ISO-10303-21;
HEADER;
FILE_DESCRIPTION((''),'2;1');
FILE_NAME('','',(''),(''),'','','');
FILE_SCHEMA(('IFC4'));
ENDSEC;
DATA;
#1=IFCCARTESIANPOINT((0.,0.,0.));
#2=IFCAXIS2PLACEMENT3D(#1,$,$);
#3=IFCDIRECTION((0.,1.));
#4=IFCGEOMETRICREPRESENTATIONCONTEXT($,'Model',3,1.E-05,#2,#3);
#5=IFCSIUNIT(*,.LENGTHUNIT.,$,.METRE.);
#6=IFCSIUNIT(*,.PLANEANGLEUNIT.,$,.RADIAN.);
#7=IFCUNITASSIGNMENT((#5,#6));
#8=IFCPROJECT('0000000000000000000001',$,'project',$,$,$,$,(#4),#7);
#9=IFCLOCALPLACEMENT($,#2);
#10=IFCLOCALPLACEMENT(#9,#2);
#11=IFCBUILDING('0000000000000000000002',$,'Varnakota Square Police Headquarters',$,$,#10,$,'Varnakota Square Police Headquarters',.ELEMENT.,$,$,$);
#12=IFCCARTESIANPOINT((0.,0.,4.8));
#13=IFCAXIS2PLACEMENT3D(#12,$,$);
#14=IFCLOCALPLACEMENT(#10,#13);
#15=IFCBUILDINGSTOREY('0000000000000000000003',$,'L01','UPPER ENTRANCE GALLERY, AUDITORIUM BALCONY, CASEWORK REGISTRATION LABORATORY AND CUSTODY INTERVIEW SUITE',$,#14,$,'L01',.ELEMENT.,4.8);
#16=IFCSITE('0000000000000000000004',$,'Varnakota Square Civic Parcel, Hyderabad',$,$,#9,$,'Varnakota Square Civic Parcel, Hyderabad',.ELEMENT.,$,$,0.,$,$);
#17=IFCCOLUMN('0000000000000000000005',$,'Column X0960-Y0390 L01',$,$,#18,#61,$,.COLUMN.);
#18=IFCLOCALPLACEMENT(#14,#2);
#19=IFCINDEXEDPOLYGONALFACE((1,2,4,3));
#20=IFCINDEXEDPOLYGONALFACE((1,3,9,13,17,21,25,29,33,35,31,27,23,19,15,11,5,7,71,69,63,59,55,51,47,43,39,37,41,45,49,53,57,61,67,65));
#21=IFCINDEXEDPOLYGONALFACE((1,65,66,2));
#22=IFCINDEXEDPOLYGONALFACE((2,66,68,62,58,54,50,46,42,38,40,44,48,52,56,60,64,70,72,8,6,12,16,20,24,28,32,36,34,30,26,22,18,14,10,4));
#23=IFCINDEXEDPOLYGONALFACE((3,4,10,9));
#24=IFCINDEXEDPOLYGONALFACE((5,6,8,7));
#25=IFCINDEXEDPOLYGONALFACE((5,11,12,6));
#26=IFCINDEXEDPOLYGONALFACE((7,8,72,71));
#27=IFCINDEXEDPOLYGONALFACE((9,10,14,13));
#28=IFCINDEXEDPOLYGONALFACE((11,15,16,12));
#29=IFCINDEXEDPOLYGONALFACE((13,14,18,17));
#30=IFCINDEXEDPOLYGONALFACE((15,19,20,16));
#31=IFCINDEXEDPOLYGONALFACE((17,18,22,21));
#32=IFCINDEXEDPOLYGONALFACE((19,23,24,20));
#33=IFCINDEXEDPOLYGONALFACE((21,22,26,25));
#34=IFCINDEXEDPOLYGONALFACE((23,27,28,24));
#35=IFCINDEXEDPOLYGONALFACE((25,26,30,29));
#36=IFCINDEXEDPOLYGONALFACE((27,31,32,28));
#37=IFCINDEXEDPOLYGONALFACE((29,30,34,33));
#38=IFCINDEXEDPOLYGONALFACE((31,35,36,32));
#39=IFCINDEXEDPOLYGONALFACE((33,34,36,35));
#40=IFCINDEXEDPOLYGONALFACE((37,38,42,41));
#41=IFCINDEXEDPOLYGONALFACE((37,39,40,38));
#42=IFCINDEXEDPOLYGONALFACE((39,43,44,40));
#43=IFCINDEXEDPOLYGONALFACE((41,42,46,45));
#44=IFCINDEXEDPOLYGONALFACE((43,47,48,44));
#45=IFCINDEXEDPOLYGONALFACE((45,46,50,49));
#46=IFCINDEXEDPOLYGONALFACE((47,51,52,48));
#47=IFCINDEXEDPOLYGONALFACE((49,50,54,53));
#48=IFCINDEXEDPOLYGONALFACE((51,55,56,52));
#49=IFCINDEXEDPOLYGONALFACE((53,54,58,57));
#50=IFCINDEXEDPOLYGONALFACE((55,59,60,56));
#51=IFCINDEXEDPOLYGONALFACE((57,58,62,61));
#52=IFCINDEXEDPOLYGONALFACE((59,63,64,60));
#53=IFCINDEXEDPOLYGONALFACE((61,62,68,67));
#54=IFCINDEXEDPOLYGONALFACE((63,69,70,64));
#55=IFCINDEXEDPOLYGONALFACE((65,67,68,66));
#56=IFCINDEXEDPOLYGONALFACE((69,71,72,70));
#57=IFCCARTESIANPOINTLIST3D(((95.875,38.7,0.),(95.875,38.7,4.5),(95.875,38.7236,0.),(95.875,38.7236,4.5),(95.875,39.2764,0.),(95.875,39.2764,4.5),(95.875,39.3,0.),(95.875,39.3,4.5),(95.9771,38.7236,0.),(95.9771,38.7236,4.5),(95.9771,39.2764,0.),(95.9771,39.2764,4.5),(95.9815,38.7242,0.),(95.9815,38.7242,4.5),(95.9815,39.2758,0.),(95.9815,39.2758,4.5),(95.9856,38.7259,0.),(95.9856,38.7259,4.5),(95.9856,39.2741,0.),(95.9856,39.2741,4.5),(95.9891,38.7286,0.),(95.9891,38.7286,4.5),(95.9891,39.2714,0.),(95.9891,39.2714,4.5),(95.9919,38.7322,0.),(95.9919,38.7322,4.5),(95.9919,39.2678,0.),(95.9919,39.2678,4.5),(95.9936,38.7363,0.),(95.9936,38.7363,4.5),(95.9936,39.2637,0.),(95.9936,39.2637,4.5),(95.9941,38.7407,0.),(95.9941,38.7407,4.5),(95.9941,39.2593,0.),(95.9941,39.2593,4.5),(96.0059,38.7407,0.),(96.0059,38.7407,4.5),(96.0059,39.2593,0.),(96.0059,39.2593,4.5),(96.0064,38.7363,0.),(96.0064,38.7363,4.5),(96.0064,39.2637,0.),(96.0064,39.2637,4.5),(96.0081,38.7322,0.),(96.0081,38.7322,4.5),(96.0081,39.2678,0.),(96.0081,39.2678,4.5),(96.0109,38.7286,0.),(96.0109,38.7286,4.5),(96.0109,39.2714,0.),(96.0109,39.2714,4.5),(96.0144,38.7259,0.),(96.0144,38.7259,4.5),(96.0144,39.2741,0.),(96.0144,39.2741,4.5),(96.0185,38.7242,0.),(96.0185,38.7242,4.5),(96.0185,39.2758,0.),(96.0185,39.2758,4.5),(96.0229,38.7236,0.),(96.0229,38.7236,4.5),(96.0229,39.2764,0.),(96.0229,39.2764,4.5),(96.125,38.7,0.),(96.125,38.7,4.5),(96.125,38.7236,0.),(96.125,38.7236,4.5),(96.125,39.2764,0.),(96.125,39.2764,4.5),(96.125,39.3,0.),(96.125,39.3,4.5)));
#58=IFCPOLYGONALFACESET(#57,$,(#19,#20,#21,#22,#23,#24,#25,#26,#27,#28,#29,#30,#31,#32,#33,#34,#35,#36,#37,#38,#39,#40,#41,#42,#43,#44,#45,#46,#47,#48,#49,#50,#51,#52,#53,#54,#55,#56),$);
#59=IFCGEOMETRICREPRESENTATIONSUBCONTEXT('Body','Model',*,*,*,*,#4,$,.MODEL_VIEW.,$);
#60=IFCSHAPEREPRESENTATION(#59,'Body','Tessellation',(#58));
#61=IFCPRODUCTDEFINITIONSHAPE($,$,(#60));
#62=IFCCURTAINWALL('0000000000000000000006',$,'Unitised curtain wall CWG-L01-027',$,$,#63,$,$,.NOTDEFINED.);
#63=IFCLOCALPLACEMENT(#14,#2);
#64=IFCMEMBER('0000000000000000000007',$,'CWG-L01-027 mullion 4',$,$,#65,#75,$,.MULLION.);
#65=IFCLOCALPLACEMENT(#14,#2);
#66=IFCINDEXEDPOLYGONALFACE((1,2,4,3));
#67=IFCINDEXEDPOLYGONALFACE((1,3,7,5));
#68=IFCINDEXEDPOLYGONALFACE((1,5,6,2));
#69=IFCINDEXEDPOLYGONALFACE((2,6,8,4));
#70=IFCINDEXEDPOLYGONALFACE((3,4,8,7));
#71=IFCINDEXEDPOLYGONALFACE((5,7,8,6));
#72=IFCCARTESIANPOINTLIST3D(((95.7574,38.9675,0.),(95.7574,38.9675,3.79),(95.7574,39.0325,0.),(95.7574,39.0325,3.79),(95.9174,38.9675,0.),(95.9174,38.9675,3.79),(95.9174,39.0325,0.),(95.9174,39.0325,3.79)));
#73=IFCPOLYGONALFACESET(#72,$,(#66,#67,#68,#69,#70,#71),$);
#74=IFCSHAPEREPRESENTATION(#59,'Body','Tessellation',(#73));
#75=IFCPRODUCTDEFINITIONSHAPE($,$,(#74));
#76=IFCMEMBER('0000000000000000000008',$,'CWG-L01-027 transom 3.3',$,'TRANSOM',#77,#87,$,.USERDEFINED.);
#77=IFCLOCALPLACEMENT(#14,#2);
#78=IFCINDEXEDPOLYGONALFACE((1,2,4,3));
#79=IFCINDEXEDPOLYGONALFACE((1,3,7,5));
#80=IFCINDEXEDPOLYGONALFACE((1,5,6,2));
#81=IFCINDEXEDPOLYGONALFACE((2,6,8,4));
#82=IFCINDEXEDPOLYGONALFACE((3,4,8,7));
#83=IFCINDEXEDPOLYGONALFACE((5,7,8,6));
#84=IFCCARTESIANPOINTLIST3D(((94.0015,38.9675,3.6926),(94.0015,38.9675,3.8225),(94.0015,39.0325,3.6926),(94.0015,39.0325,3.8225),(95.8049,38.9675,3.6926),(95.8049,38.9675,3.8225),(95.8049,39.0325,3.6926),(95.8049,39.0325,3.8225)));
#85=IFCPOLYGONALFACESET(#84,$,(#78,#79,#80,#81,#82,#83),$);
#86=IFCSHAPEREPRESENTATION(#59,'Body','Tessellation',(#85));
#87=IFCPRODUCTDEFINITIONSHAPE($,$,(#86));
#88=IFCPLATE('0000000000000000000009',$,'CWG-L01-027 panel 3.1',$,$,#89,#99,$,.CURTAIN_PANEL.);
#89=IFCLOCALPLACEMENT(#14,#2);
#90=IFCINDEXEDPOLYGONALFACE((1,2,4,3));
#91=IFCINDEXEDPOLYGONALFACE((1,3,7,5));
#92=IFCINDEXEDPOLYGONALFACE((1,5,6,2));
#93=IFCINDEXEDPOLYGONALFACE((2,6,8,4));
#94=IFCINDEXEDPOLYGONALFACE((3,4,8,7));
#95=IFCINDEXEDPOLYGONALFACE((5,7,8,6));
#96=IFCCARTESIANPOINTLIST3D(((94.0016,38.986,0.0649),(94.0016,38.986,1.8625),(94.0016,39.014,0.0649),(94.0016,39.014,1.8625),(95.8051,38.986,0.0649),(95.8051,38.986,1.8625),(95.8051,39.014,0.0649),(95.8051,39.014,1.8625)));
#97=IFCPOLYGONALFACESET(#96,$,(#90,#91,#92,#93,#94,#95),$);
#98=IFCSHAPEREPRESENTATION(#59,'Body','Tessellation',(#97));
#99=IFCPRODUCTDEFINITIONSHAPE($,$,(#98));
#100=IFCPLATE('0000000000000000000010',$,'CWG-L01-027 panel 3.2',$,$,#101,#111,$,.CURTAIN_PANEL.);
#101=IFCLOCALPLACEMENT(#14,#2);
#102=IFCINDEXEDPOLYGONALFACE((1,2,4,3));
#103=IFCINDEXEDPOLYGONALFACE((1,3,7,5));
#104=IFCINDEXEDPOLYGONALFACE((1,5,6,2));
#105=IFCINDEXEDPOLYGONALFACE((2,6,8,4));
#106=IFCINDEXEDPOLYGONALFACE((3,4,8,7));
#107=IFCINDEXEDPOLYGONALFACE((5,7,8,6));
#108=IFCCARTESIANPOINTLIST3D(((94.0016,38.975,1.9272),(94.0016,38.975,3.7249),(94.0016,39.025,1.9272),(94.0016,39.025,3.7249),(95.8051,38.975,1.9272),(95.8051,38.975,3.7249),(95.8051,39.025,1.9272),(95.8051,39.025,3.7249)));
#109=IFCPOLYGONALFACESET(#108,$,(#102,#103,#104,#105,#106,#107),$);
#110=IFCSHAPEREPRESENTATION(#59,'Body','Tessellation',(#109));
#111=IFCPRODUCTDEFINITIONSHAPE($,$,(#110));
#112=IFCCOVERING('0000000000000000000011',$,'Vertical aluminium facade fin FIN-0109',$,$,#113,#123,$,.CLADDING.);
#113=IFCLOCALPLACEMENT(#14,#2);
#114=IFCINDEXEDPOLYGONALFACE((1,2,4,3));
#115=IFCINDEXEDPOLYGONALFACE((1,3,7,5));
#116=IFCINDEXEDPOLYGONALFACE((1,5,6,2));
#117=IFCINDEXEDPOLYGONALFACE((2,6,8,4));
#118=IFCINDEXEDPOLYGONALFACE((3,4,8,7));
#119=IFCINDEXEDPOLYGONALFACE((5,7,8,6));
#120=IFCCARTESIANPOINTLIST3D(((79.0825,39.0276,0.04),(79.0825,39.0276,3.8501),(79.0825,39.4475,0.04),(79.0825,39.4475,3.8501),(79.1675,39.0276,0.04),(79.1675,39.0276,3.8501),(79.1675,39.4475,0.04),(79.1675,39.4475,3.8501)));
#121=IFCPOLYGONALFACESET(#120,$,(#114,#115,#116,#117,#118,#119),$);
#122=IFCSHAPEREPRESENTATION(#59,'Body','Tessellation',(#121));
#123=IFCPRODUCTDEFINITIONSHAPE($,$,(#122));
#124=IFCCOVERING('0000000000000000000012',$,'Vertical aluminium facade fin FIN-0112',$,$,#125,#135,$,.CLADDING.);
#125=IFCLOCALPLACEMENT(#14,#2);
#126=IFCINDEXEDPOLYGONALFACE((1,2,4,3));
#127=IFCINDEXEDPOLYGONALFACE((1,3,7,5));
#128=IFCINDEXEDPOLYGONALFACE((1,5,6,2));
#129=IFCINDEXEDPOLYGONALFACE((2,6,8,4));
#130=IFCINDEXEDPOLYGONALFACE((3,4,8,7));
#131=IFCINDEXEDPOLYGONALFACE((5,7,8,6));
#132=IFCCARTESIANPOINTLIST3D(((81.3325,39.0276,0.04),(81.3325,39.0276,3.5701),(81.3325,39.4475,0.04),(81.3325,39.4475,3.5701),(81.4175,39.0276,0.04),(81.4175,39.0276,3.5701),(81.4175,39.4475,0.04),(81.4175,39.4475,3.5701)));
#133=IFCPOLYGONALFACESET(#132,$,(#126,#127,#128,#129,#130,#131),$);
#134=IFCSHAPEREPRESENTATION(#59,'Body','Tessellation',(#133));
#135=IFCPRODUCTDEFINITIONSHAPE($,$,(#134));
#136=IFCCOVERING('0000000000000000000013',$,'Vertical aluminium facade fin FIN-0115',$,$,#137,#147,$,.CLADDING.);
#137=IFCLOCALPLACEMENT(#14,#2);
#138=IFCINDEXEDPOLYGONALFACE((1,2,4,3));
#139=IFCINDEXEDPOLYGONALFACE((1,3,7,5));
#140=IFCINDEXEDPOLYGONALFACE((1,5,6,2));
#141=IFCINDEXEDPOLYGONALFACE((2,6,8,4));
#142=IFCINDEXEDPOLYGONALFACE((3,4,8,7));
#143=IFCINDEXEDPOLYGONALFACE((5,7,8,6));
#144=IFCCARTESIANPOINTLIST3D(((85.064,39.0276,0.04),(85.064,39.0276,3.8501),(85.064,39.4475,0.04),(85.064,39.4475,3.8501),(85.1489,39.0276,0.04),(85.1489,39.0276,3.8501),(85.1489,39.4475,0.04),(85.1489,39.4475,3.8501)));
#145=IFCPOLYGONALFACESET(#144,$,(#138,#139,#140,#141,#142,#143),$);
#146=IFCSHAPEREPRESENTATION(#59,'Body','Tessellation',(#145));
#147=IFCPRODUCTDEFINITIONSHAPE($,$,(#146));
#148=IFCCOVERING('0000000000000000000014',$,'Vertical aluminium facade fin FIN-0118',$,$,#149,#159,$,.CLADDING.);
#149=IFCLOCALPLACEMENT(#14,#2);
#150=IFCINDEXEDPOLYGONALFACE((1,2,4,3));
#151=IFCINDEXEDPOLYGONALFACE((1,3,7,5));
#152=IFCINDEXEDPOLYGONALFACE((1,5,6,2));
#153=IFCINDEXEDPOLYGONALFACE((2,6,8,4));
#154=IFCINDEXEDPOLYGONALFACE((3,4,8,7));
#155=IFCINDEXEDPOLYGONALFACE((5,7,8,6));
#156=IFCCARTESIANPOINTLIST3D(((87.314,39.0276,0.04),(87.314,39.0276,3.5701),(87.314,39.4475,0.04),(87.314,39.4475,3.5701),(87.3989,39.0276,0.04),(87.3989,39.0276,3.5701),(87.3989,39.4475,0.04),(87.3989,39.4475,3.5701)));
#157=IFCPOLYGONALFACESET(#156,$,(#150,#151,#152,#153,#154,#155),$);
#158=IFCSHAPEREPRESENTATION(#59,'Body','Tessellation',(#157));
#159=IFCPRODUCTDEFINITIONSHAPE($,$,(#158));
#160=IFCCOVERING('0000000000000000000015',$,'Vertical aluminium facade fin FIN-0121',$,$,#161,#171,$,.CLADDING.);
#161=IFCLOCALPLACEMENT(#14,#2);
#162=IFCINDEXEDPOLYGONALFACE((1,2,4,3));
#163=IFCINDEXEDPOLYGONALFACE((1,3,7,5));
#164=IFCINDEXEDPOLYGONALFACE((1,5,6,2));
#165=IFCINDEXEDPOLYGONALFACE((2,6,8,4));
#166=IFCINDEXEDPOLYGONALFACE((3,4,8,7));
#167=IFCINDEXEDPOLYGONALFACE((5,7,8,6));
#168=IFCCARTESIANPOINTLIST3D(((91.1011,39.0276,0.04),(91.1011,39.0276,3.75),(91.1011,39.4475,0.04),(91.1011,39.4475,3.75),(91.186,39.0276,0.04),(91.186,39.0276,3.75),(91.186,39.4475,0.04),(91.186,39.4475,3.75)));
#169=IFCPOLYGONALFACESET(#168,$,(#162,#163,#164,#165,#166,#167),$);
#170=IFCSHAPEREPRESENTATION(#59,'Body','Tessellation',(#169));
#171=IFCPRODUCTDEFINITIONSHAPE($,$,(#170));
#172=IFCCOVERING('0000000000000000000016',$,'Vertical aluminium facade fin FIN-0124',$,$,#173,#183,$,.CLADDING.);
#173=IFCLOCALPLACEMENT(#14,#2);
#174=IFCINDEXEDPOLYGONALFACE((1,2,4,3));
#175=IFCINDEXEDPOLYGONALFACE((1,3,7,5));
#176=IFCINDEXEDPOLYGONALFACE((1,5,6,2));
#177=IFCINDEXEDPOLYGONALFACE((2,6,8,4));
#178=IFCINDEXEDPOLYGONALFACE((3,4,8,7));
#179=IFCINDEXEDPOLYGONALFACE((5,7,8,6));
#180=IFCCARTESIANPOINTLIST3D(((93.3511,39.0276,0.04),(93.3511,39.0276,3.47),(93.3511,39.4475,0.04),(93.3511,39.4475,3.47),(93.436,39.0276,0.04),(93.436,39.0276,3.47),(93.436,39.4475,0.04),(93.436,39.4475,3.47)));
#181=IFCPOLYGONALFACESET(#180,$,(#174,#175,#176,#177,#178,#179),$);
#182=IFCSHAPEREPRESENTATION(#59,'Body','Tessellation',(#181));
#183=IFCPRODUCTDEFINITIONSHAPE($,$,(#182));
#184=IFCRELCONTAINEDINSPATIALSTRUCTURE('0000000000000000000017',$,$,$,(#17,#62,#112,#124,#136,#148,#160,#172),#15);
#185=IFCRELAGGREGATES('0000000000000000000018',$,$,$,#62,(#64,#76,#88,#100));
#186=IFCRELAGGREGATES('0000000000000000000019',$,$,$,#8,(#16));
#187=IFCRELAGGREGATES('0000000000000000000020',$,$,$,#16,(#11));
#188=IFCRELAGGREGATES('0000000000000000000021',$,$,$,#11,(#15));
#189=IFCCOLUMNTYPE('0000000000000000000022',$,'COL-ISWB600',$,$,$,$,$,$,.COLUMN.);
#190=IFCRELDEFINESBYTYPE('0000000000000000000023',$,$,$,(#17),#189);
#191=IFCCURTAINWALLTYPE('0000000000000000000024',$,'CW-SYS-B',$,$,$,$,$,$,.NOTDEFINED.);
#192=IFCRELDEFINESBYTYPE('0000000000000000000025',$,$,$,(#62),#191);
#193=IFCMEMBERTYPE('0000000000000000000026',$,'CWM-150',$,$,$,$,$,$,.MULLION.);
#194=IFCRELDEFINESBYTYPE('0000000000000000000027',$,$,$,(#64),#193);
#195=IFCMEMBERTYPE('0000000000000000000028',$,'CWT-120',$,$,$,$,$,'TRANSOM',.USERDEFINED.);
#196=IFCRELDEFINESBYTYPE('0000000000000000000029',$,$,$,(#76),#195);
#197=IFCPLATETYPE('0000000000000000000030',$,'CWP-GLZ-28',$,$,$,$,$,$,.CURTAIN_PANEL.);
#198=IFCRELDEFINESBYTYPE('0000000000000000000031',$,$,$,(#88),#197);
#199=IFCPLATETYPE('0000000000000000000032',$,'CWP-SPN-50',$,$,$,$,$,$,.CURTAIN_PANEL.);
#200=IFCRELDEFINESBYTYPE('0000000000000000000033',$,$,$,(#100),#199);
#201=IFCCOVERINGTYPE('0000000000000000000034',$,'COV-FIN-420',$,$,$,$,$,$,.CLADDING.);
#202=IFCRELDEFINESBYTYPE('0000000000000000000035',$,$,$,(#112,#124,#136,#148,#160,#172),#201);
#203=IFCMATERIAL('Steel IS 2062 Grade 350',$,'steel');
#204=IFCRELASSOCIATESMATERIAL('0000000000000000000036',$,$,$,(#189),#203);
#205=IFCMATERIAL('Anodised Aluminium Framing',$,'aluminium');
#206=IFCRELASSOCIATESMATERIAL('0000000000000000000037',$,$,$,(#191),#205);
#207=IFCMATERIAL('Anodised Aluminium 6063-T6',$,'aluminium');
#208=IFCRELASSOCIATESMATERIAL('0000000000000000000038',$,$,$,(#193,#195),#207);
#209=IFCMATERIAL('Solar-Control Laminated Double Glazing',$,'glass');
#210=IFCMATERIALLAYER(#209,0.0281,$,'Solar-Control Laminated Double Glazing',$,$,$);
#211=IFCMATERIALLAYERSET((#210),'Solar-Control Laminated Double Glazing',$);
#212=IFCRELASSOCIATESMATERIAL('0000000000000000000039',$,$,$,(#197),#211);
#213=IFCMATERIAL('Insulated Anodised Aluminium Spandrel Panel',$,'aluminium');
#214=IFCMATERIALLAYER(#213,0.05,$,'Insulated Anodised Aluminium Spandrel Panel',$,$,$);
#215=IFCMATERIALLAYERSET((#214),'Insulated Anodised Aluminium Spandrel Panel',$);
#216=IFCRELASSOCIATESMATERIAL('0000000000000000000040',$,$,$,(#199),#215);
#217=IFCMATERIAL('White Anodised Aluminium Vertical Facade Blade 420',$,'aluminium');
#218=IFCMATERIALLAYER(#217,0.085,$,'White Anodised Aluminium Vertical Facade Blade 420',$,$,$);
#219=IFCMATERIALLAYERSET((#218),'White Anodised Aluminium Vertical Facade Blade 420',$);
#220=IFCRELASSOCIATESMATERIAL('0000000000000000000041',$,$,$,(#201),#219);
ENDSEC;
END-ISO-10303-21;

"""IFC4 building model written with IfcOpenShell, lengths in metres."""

from ifc_helpers import new_model, si_unit, direction, frame, origin, origin_2d, place, context, subcontext, project, spatial, rectangle, i_section, extrude, material, layer, layer_set, material_profile, profile_set, type_object, element, aggregate, save


model = new_model("IFC4")

# Units and contexts
model_context = context("Model", 3, precision=1e-05, world=origin(), true_north=direction((0.0, 1.0)))
body_context = subcontext(model_context, "Body", "Model", "MODEL_VIEW")
ifc_project = project(units=[si_unit("LENGTHUNIT", "METRE"), si_unit("PLANEANGLEUNIT", "RADIAN")], contexts=[model_context])

# Site, building, storey
site_placement = place(None, origin())
site = spatial("IfcSite", under=ifc_project, at=site_placement, Name="Varnakota Square Civic Parcel, Hyderabad", LongName="Varnakota Square Civic Parcel, Hyderabad", CompositionType="ELEMENT", RefElevation=0.0)
building_placement = place(site_placement, origin())
building = spatial("IfcBuilding", under=site, at=building_placement, Name="Varnakota Square Police Headquarters", LongName="Varnakota Square Police Headquarters", CompositionType="ELEMENT")
storey_placement = place(building_placement, frame((0.0, 0.0, 4.8)))
storey = spatial("IfcBuildingStorey", under=building, at=storey_placement, Name="L01", Description="UPPER ENTRANCE GALLERY, AUDITORIUM BALCONY, CASEWORK REGISTRATION LABORATORY AND CUSTODY INTERVIEW SUITE", LongName="L01", CompositionType="ELEMENT", Elevation=4.8)

# Column
ifc_material_1 = material(Name="Steel IS 2062 Grade 350", Category="steel")
ifc_material_profile_1 = material_profile(ifc_material_1, i_section(OverallWidth=0.25, OverallDepth=0.6001, WebThickness=0.0117, FlangeThickness=0.0237, FilletRadius=0.0171, at=origin_2d()), Name="ISWB 600")
ifc_profile_set_1 = profile_set([ifc_material_profile_1], Name="Steel IS 2062 Grade 350")
column_type = type_object("IfcColumnType", Name="COL-ISWB600", PredefinedType="COLUMN", material=ifc_profile_set_1)
column_placement = place(storey_placement, frame((96.0, 39.0, 0.0), z_axis=(0.0, 0.0, 1.0), x_axis=(1.0, 0.0, 0.0)))
element("IfcColumn", 1, at=column_placement, inside=storey, type_object=column_type, Name="Column X0960-Y0390 L01", PredefinedType="COLUMN", context=body_context, shape_type="SweptSolid", body=[
    extrude(i_section(OverallWidth=0.25, OverallDepth=0.6001, WebThickness=0.0117, FlangeThickness=0.0237, FilletRadius=0.0171, at=origin_2d()), origin(), (0.0, 0.0, 1.0), 4.5),
])

# Curtain wall, members, plates
ifc_material_2 = material(Name="Anodised Aluminium Framing", Category="aluminium")
curtain_wall_type = type_object("IfcCurtainWallType", Name="CW-SYS-B", PredefinedType="NOTDEFINED", material=ifc_material_2)
curtain_wall_placement = place(storey_placement, origin())
curtain_wall = element("IfcCurtainWall", 2, at=curtain_wall_placement, inside=storey, type_object=curtain_wall_type, Name="Unitised curtain wall CWG-L01-027", PredefinedType="NOTDEFINED")
ifc_material_3 = material(Name="Anodised Aluminium 6063-T6", Category="aluminium")
ifc_material_profile_2 = material_profile(ifc_material_3, rectangle(XDim=0.0649, YDim=0.1599, at=origin_2d()), Name="ALU MULLION 65x160")
ifc_profile_set_2 = profile_set([ifc_material_profile_2], Name="Anodised Aluminium 6063-T6")
member_type_1 = type_object("IfcMemberType", Name="CWM-150", PredefinedType="MULLION", material=ifc_profile_set_2)
member_1_placement = place(storey_placement, frame((95.8374, 39.0, 0.0), z_axis=(0.0, 0.0, 1.0), x_axis=(0.0, 1.0, 0.0)))
member_1 = element("IfcMember", 3, at=member_1_placement, type_object=member_type_1, Name="CWG-L01-027 mullion 4", PredefinedType="MULLION", context=body_context, shape_type="SweptSolid", body=[
    extrude(rectangle(XDim=0.0649, YDim=0.1599, at=origin_2d()), origin(), (0.0, 0.0, 1.0), 3.79),
])
ifc_material_profile_3 = material_profile(ifc_material_3, rectangle(XDim=0.0649, YDim=0.1299, at=origin_2d()), Name="ALU TRANSOM 65x130")
ifc_profile_set_3 = profile_set([ifc_material_profile_3], Name="Anodised Aluminium 6063-T6")
member_type_2 = type_object("IfcMemberType", Name="CWT-120", ElementType="TRANSOM", PredefinedType="USERDEFINED", material=ifc_profile_set_3)
member_2_placement = place(storey_placement, frame((94.0015, 39.0, 3.7576), z_axis=(1.0, 0.0, 0.0), x_axis=(0.0, 1.0, 0.0)))
member_2 = element("IfcMember", 4, at=member_2_placement, type_object=member_type_2, Name="CWG-L01-027 transom 3.3", ObjectType="TRANSOM", PredefinedType="USERDEFINED", context=body_context, shape_type="SweptSolid", body=[
    extrude(rectangle(XDim=0.0649, YDim=0.1299, at=origin_2d()), origin(), (0.0, 0.0, 1.0), 1.8035),
])
ifc_material_4 = material(Name="Solar-Control Laminated Double Glazing", Category="glass")
ifc_layer_1 = layer(ifc_material_4, 0.0281, Name="Solar-Control Laminated Double Glazing")
ifc_layer_set_1 = layer_set([ifc_layer_1], Name="Solar-Control Laminated Double Glazing")
plate_type_1 = type_object("IfcPlateType", Name="CWP-GLZ-28", PredefinedType="CURTAIN_PANEL", material=ifc_layer_set_1)
plate_1_placement = place(storey_placement, frame((94.9033, 39.0, 0.0649), z_axis=(0.0, 0.0, 1.0), x_axis=(1.0, 0.0, 0.0)))
plate_1 = element("IfcPlate", 5, at=plate_1_placement, type_object=plate_type_1, Name="CWG-L01-027 panel 3.1", PredefinedType="CURTAIN_PANEL", context=body_context, shape_type="SweptSolid", body=[
    extrude(rectangle(XDim=1.8035, YDim=0.0281, at=origin_2d()), origin(), (0.0, 0.0, 1.0), 1.7976),
])
ifc_material_5 = material(Name="Insulated Anodised Aluminium Spandrel Panel", Category="aluminium")
ifc_layer_2 = layer(ifc_material_5, 0.05, Name="Insulated Anodised Aluminium Spandrel Panel")
ifc_layer_set_2 = layer_set([ifc_layer_2], Name="Insulated Anodised Aluminium Spandrel Panel")
plate_type_2 = type_object("IfcPlateType", Name="CWP-SPN-50", PredefinedType="CURTAIN_PANEL", material=ifc_layer_set_2)
plate_2_placement = place(storey_placement, frame((94.9033, 39.0, 1.9272), z_axis=(0.0, 0.0, 1.0), x_axis=(1.0, 0.0, 0.0)))
plate_2 = element("IfcPlate", 6, at=plate_2_placement, type_object=plate_type_2, Name="CWG-L01-027 panel 3.2", PredefinedType="CURTAIN_PANEL", context=body_context, shape_type="SweptSolid", body=[
    extrude(rectangle(XDim=1.8035, YDim=0.05, at=origin_2d()), origin(), (0.0, 0.0, 1.0), 1.7976),
])
aggregate(curtain_wall, [member_1, member_2, plate_1, plate_2])

# Coverings
ifc_material_6 = material(Name="White Anodised Aluminium Vertical Facade Blade 420", Category="aluminium")
ifc_layer_3 = layer(ifc_material_6, 0.085, Name="White Anodised Aluminium Vertical Facade Blade 420")
ifc_layer_set_3 = layer_set([ifc_layer_3], Name="White Anodised Aluminium Vertical Facade Blade 420")
covering_type_1 = type_object("IfcCoveringType", Name="COV-FIN-420", PredefinedType="CLADDING", material=ifc_layer_set_3)
covering_1_placement = place(storey_placement, frame((79.125, 39.2375, 0.04), z_axis=(0.0, 0.0, 1.0), x_axis=(1.0, 0.0, 0.0)))
element("IfcCovering", 7, at=covering_1_placement, inside=storey, type_object=covering_type_1, Name="Vertical aluminium facade fin FIN-0109", PredefinedType="CLADDING", context=body_context, shape_type="SweptSolid", body=[
    extrude(rectangle(XDim=0.085, YDim=0.4199, at=origin_2d()), origin(), (0.0, 0.0, 1.0), 3.8101),
])
covering_2_placement = place(storey_placement, frame((81.375, 39.2375, 0.04), z_axis=(0.0, 0.0, 1.0), x_axis=(1.0, 0.0, 0.0)))
element("IfcCovering", 8, at=covering_2_placement, inside=storey, type_object=covering_type_1, Name="Vertical aluminium facade fin FIN-0112", PredefinedType="CLADDING", context=body_context, shape_type="SweptSolid", body=[
    extrude(rectangle(XDim=0.085, YDim=0.4199, at=origin_2d()), origin(), (0.0, 0.0, 1.0), 3.53),
])
covering_3_placement = place(storey_placement, frame((85.1064, 39.2375, 0.04), z_axis=(0.0, 0.0, 1.0), x_axis=(1.0, 0.0, 0.0)))
element("IfcCovering", 9, at=covering_3_placement, inside=storey, type_object=covering_type_1, Name="Vertical aluminium facade fin FIN-0115", PredefinedType="CLADDING", context=body_context, shape_type="SweptSolid", body=[
    extrude(rectangle(XDim=0.085, YDim=0.4199, at=origin_2d()), origin(), (0.0, 0.0, 1.0), 3.8101),
])
covering_4_placement = place(storey_placement, frame((87.3564, 39.2375, 0.04), z_axis=(0.0, 0.0, 1.0), x_axis=(1.0, 0.0, 0.0)))
element("IfcCovering", 10, at=covering_4_placement, inside=storey, type_object=covering_type_1, Name="Vertical aluminium facade fin FIN-0118", PredefinedType="CLADDING", context=body_context, shape_type="SweptSolid", body=[
    extrude(rectangle(XDim=0.085, YDim=0.4199, at=origin_2d()), origin(), (0.0, 0.0, 1.0), 3.53),
])
covering_5_placement = place(storey_placement, frame((91.1436, 39.2375, 0.04), z_axis=(0.0, 0.0, 1.0), x_axis=(1.0, 0.0, 0.0)))
element("IfcCovering", 11, at=covering_5_placement, inside=storey, type_object=covering_type_1, Name="Vertical aluminium facade fin FIN-0121", PredefinedType="CLADDING", context=body_context, shape_type="SweptSolid", body=[
    extrude(rectangle(XDim=0.085, YDim=0.4199, at=origin_2d()), origin(), (0.0, 0.0, 1.0), 3.71),
])
covering_6_placement = place(storey_placement, frame((93.3936, 39.2375, 0.04), z_axis=(0.0, 0.0, 1.0), x_axis=(1.0, 0.0, 0.0)))
element("IfcCovering", 12, at=covering_6_placement, inside=storey, type_object=covering_type_1, Name="Vertical aluminium facade fin FIN-0124", PredefinedType="CLADDING", context=body_context, shape_type="SweptSolid", body=[
    extrude(rectangle(XDim=0.085, YDim=0.4199, at=origin_2d()), origin(), (0.0, 0.0, 1.0), 3.4299),
])

save(model, "model.ifc")
